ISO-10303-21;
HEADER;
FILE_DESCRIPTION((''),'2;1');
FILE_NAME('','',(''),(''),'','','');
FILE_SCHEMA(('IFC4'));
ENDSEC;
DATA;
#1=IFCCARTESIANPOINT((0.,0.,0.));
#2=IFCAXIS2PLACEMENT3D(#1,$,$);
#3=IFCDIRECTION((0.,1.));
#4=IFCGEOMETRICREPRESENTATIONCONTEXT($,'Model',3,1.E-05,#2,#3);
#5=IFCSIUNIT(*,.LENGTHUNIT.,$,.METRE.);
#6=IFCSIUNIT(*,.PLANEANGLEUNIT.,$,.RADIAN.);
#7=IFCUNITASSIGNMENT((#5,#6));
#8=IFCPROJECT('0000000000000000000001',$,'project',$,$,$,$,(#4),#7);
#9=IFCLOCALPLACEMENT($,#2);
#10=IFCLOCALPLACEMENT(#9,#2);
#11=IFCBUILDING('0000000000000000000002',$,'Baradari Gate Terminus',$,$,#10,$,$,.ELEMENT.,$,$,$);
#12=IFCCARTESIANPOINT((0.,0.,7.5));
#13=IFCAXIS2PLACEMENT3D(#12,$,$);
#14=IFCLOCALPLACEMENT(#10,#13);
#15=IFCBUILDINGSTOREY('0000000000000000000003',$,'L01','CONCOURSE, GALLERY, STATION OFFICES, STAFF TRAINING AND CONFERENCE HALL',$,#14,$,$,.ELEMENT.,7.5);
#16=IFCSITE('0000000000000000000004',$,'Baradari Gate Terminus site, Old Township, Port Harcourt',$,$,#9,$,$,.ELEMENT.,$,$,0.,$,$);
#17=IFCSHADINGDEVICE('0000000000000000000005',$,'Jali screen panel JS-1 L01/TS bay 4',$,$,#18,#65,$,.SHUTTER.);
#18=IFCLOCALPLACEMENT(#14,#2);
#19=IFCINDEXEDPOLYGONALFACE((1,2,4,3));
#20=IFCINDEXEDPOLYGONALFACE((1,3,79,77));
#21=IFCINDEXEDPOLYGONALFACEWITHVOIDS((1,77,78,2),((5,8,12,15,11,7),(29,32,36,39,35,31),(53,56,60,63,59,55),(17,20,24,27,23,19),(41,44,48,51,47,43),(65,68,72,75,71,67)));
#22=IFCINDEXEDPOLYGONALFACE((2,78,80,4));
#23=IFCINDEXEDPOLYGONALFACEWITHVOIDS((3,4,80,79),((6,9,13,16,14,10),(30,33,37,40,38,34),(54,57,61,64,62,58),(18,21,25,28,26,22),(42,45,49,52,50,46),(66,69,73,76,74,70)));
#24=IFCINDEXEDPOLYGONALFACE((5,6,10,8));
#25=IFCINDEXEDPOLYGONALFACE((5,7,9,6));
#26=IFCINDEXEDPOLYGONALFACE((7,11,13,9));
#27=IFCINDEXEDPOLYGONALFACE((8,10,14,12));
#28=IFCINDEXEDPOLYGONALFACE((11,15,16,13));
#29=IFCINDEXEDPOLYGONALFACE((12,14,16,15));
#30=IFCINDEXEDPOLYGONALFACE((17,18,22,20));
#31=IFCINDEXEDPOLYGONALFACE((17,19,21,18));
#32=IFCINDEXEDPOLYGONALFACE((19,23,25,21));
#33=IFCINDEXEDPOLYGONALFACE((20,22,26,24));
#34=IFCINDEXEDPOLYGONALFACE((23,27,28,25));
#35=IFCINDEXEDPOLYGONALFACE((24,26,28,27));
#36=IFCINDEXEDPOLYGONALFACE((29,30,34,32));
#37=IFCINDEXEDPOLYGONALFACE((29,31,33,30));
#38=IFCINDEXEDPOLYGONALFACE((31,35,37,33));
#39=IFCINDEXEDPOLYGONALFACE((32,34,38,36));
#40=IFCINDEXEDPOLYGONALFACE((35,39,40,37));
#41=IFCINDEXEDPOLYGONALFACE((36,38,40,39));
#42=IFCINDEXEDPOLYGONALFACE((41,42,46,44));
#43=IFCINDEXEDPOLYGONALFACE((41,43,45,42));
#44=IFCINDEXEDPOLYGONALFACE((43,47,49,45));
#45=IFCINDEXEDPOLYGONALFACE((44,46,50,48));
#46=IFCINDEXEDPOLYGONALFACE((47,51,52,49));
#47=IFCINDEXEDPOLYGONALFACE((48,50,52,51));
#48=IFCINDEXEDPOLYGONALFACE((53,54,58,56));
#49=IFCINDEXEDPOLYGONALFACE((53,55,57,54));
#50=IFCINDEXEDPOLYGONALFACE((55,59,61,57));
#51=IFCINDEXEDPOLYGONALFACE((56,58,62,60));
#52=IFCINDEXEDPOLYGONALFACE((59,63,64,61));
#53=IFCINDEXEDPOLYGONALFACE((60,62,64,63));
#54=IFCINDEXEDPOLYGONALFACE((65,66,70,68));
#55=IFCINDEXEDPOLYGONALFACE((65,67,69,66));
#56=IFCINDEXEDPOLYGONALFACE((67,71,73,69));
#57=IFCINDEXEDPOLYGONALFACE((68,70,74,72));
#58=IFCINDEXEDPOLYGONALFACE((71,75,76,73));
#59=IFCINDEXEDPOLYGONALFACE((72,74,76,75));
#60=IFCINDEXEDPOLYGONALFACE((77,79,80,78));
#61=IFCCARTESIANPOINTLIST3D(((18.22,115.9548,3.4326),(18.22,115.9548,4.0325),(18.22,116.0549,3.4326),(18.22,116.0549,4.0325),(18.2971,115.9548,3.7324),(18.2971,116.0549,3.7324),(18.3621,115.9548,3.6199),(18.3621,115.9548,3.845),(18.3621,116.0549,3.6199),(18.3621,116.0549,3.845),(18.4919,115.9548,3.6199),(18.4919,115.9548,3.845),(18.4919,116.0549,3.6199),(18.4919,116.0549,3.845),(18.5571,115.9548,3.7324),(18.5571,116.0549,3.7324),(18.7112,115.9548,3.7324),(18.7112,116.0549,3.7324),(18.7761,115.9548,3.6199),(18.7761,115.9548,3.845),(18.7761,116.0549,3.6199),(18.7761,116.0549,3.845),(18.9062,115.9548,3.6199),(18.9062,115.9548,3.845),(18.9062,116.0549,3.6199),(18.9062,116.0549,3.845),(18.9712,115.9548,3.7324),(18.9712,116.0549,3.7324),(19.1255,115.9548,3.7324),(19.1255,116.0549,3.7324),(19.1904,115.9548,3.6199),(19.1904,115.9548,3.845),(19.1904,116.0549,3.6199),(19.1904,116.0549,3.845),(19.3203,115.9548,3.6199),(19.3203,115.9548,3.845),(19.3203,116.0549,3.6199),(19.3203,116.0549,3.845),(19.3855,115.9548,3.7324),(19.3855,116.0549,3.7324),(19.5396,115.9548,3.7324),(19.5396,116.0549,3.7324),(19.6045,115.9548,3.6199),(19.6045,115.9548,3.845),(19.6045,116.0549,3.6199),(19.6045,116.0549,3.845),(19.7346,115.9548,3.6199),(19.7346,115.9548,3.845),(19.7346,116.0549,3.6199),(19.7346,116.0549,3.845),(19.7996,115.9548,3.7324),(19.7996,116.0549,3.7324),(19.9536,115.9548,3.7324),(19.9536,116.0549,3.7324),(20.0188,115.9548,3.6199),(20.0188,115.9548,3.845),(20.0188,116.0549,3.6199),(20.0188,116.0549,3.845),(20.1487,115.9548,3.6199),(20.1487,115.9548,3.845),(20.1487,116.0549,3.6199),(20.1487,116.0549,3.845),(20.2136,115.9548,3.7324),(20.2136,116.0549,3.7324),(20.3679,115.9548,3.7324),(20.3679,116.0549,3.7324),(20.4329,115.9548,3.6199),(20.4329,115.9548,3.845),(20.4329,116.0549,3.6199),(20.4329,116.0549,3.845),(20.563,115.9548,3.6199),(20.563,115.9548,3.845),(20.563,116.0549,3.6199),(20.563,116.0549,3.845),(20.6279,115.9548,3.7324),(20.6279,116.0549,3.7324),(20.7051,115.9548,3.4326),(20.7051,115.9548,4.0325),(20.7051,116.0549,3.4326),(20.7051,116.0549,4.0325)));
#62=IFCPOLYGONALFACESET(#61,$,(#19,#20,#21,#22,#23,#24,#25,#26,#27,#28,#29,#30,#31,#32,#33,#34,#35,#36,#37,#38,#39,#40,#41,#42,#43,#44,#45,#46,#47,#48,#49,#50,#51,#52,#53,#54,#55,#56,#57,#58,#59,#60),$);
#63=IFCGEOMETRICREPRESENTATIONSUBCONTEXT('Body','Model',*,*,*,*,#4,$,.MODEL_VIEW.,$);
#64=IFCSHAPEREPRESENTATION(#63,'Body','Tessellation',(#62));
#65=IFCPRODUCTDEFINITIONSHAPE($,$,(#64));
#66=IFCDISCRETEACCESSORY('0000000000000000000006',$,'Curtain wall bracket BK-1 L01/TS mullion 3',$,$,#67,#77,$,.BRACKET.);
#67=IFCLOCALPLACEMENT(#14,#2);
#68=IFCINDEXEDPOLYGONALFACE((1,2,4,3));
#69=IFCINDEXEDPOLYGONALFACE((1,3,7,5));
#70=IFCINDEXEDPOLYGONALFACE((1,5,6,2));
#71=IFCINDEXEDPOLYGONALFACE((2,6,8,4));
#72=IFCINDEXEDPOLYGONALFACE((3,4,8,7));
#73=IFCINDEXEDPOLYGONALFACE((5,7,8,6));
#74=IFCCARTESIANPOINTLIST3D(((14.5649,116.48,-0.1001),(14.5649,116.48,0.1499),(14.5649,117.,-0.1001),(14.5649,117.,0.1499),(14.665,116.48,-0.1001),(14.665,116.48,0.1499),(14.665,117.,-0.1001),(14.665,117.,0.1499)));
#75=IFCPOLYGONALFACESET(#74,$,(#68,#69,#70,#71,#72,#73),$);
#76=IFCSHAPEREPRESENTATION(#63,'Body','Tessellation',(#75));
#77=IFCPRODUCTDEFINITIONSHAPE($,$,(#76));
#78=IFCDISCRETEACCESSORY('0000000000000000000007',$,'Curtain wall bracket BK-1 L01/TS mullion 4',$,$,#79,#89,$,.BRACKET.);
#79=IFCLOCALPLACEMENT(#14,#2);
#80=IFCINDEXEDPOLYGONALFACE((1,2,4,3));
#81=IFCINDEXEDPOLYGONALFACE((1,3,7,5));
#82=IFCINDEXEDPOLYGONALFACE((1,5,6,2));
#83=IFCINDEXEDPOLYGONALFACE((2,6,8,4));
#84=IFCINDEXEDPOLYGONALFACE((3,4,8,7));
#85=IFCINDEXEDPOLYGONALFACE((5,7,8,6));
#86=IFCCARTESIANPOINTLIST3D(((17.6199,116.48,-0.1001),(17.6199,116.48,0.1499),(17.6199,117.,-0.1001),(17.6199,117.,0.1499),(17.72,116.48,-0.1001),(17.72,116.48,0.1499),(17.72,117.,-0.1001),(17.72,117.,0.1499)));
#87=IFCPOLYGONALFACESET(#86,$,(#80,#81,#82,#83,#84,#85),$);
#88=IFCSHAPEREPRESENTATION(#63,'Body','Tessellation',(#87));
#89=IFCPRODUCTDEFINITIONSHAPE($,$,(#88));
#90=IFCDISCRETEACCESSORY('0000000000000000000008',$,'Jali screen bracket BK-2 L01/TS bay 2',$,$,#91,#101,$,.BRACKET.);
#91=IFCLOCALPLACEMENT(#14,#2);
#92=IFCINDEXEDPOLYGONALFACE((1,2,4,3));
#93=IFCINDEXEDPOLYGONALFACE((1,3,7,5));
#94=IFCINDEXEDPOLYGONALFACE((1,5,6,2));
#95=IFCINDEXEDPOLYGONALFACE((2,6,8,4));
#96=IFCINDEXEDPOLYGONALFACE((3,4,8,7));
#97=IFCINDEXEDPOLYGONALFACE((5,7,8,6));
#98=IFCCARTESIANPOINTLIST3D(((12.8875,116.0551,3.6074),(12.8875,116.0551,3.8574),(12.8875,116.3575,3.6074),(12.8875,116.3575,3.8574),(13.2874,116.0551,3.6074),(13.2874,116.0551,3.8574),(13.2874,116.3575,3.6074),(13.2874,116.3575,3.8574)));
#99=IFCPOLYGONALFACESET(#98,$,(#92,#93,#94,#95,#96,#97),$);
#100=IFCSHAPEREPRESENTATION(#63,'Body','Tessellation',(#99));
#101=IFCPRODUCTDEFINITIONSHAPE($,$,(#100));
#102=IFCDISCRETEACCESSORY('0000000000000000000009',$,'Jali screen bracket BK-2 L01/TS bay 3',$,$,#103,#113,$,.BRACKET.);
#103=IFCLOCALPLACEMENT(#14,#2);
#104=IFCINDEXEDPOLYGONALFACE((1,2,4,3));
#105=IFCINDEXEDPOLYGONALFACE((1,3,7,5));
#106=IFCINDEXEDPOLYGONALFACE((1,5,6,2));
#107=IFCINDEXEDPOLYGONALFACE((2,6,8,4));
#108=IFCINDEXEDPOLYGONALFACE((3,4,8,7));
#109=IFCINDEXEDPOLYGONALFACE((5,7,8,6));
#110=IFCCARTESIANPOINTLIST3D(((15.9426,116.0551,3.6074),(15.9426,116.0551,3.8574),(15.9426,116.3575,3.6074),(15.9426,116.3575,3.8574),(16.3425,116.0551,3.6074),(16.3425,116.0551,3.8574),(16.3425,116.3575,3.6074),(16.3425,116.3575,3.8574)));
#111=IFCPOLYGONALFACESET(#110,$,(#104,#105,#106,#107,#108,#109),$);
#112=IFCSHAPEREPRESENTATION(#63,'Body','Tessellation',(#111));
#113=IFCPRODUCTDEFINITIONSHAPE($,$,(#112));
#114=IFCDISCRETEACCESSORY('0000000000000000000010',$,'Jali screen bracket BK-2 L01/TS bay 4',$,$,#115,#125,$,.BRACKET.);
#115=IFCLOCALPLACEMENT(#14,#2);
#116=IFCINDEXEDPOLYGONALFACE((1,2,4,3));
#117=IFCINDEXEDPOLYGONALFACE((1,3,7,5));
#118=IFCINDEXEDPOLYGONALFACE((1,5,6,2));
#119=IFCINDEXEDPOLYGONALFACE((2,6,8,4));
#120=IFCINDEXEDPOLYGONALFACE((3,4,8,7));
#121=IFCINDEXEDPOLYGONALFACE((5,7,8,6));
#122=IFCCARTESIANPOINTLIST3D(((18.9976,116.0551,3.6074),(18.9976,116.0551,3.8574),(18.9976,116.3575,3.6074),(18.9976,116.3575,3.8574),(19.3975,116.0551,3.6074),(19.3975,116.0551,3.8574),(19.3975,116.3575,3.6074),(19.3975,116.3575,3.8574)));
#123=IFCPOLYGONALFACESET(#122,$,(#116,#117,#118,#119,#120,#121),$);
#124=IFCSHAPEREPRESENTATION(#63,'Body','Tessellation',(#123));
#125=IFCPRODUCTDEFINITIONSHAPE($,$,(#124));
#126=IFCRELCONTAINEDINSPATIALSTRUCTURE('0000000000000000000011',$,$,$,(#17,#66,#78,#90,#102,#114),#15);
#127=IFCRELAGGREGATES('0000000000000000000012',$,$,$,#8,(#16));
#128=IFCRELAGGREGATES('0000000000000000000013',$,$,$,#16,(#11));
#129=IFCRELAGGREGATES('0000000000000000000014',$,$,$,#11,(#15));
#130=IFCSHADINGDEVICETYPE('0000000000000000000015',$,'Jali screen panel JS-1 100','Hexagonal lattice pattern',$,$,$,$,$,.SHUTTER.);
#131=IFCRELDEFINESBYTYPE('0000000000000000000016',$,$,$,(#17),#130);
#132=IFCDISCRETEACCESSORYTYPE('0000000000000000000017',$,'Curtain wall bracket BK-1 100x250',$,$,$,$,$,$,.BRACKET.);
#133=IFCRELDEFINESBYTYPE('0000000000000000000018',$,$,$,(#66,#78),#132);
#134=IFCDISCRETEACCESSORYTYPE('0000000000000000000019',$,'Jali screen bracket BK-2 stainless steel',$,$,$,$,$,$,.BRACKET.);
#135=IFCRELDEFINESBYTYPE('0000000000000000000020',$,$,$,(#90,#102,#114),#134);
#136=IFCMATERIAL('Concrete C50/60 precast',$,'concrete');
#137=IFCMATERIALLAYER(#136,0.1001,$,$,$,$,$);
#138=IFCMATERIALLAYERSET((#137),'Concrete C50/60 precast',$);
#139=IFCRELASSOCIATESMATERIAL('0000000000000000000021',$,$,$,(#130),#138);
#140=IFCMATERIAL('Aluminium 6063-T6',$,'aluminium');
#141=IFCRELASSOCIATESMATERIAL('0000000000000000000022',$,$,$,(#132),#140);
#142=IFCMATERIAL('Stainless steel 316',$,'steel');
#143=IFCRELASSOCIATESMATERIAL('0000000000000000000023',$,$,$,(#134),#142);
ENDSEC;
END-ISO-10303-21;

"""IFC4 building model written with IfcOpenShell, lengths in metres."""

from ifc_helpers import new_model, si_unit, direction, frame, origin, origin_2d, place, context, subcontext, project, spatial, polyline, rectangle, outline, extrude, material, layer, layer_set, type_object, element, save


model = new_model("IFC4")

# Units and contexts
model_context = context("Model", 3, precision=1e-05, world=origin(), true_north=direction((0.0, 1.0)))
body_context = subcontext(model_context, "Body", "Model", "MODEL_VIEW")
ifc_project = project(units=[si_unit("LENGTHUNIT", "METRE"), si_unit("PLANEANGLEUNIT", "RADIAN")], contexts=[model_context])

# Site, building, storey
site_placement = place(None, origin())
site = spatial("IfcSite", under=ifc_project, at=site_placement, Name="Baradari Gate Terminus site, Old Township, Port Harcourt", CompositionType="ELEMENT", RefElevation=0.0)
building_placement = place(site_placement, origin())
building = spatial("IfcBuilding", under=site, at=building_placement, Name="Baradari Gate Terminus", CompositionType="ELEMENT")
storey_placement = place(building_placement, frame((0.0, 0.0, 7.5)))
storey = spatial("IfcBuildingStorey", under=building, at=storey_placement, Name="L01", Description="CONCOURSE, GALLERY, STATION OFFICES, STAFF TRAINING AND CONFERENCE HALL", CompositionType="ELEMENT", Elevation=7.5)

# Shading device
ifc_material_1 = material(Name="Concrete C50/60 precast", Category="concrete")
ifc_layer_1 = layer(ifc_material_1, 0.1001)
ifc_layer_set_1 = layer_set([ifc_layer_1], Name="Concrete C50/60 precast")
shading_device_type = type_object("IfcShadingDeviceType", Name="Jali screen panel JS-1 100", Description="Hexagonal lattice pattern", PredefinedType="SHUTTER", material=ifc_layer_set_1)
for number, where, z_axis, x_axis, name in (
    (1, (18.22, 116.0049, 3.4326), (0.0, 0.0, 1.0), (1.0, 0.0, 0.0), "Jali screen panel JS-1 L01/TS bay 4"),
):
    element("IfcShadingDevice", number, at=place(storey_placement, frame(where, z_axis=z_axis, x_axis=x_axis)), inside=storey, type_object=shading_device_type, Name=name, PredefinedType="SHUTTER", context=body_context, shape_type="SweptSolid", body=[
        extrude(outline(polyline([(0.0, 0.0), (2.4851, 0.0), (2.4851, 0.5999), (0.0, 0.5999), (0.0, 0.0)]), holes=[polyline([(0.3372, 0.2998), (0.272, 0.1873), (0.1421, 0.1873), (0.0771, 0.2998), (0.1421, 0.4124), (0.272, 0.4124), (0.3372, 0.2998)]), polyline([(0.7512, 0.2998), (0.6863, 0.1873), (0.5562, 0.1873), (0.4912, 0.2998), (0.5562, 0.4124), (0.6863, 0.4124), (0.7512, 0.2998)]), polyline([(1.1655, 0.2998), (1.1003, 0.1873), (0.9705, 0.1873), (0.9055, 0.2998), (0.9705, 0.4124), (1.1003, 0.4124), (1.1655, 0.2998)]), polyline([(1.5796, 0.2998), (1.5146, 0.1873), (1.3845, 0.1873), (1.3196, 0.2998), (1.3845, 0.4124), (1.5146, 0.4124), (1.5796, 0.2998)]), polyline([(1.9937, 0.2998), (1.9287, 0.1873), (1.7988, 0.1873), (1.7336, 0.2998), (1.7988, 0.4124), (1.9287, 0.4124), (1.9937, 0.2998)]), polyline([(2.408, 0.2998), (2.343, 0.1873), (2.2129, 0.1873), (2.1479, 0.2998), (2.2129, 0.4124), (2.343, 0.4124), (2.408, 0.2998)])]), frame((0.0, 0.05, 0.0), z_axis=(0.0, -1.0, 0.0), x_axis=(1.0, 0.0, 0.0)), (0.0, 0.0, 1.0), 0.1001),
    ])

# Discrete accessories
ifc_material_2 = material(Name="Aluminium 6063-T6", Category="aluminium")
discrete_accessory_type_1 = type_object("IfcDiscreteAccessoryType", Name="Curtain wall bracket BK-1 100x250", PredefinedType="BRACKET", material=ifc_material_2)
for number, where, z_axis, x_axis, name in (
    (2, (14.615, 116.74, -0.1001), (0.0, 0.0, 1.0), (0.0, -1.0, 0.0), "Curtain wall bracket BK-1 L01/TS mullion 3"),
    (3, (17.6699, 116.74, -0.1001), (0.0, 0.0, 1.0), (0.0, -1.0, 0.0), "Curtain wall bracket BK-1 L01/TS mullion 4"),
):
    element("IfcDiscreteAccessory", number, at=place(storey_placement, frame(where, z_axis=z_axis, x_axis=x_axis)), inside=storey, type_object=discrete_accessory_type_1, Name=name, PredefinedType="BRACKET", context=body_context, shape_type="SweptSolid", body=[
        extrude(rectangle(XDim=0.52, YDim=0.1001, at=origin_2d()), origin(), (0.0, 0.0, 1.0), 0.25),
    ])
ifc_material_3 = material(Name="Stainless steel 316", Category="steel")
discrete_accessory_type_2 = type_object("IfcDiscreteAccessoryType", Name="Jali screen bracket BK-2 stainless steel", PredefinedType="BRACKET", material=ifc_material_3)
for number, where, z_axis, x_axis, name in (
    (4, (13.0874, 116.2063, 3.6074), (0.0, 0.0, 1.0), (0.0, -1.0, 0.0), "Jali screen bracket BK-2 L01/TS bay 2"),
    (5, (16.1426, 116.2063, 3.6074), (0.0, 0.0, 1.0), (0.0, -1.0, 0.0), "Jali screen bracket BK-2 L01/TS bay 3"),
    (6, (19.1975, 116.2063, 3.6074), (0.0, 0.0, 1.0), (0.0, -1.0, 0.0), "Jali screen bracket BK-2 L01/TS bay 4"),
):
    element("IfcDiscreteAccessory", number, at=place(storey_placement, frame(where, z_axis=z_axis, x_axis=x_axis)), inside=storey, type_object=discrete_accessory_type_2, Name=name, PredefinedType="BRACKET", context=body_context, shape_type="SweptSolid", body=[
        extrude(rectangle(XDim=0.3025, YDim=0.3999, at=origin_2d()), origin(), (0.0, 0.0, 1.0), 0.25),
    ])

save(model, "model.ifc")
